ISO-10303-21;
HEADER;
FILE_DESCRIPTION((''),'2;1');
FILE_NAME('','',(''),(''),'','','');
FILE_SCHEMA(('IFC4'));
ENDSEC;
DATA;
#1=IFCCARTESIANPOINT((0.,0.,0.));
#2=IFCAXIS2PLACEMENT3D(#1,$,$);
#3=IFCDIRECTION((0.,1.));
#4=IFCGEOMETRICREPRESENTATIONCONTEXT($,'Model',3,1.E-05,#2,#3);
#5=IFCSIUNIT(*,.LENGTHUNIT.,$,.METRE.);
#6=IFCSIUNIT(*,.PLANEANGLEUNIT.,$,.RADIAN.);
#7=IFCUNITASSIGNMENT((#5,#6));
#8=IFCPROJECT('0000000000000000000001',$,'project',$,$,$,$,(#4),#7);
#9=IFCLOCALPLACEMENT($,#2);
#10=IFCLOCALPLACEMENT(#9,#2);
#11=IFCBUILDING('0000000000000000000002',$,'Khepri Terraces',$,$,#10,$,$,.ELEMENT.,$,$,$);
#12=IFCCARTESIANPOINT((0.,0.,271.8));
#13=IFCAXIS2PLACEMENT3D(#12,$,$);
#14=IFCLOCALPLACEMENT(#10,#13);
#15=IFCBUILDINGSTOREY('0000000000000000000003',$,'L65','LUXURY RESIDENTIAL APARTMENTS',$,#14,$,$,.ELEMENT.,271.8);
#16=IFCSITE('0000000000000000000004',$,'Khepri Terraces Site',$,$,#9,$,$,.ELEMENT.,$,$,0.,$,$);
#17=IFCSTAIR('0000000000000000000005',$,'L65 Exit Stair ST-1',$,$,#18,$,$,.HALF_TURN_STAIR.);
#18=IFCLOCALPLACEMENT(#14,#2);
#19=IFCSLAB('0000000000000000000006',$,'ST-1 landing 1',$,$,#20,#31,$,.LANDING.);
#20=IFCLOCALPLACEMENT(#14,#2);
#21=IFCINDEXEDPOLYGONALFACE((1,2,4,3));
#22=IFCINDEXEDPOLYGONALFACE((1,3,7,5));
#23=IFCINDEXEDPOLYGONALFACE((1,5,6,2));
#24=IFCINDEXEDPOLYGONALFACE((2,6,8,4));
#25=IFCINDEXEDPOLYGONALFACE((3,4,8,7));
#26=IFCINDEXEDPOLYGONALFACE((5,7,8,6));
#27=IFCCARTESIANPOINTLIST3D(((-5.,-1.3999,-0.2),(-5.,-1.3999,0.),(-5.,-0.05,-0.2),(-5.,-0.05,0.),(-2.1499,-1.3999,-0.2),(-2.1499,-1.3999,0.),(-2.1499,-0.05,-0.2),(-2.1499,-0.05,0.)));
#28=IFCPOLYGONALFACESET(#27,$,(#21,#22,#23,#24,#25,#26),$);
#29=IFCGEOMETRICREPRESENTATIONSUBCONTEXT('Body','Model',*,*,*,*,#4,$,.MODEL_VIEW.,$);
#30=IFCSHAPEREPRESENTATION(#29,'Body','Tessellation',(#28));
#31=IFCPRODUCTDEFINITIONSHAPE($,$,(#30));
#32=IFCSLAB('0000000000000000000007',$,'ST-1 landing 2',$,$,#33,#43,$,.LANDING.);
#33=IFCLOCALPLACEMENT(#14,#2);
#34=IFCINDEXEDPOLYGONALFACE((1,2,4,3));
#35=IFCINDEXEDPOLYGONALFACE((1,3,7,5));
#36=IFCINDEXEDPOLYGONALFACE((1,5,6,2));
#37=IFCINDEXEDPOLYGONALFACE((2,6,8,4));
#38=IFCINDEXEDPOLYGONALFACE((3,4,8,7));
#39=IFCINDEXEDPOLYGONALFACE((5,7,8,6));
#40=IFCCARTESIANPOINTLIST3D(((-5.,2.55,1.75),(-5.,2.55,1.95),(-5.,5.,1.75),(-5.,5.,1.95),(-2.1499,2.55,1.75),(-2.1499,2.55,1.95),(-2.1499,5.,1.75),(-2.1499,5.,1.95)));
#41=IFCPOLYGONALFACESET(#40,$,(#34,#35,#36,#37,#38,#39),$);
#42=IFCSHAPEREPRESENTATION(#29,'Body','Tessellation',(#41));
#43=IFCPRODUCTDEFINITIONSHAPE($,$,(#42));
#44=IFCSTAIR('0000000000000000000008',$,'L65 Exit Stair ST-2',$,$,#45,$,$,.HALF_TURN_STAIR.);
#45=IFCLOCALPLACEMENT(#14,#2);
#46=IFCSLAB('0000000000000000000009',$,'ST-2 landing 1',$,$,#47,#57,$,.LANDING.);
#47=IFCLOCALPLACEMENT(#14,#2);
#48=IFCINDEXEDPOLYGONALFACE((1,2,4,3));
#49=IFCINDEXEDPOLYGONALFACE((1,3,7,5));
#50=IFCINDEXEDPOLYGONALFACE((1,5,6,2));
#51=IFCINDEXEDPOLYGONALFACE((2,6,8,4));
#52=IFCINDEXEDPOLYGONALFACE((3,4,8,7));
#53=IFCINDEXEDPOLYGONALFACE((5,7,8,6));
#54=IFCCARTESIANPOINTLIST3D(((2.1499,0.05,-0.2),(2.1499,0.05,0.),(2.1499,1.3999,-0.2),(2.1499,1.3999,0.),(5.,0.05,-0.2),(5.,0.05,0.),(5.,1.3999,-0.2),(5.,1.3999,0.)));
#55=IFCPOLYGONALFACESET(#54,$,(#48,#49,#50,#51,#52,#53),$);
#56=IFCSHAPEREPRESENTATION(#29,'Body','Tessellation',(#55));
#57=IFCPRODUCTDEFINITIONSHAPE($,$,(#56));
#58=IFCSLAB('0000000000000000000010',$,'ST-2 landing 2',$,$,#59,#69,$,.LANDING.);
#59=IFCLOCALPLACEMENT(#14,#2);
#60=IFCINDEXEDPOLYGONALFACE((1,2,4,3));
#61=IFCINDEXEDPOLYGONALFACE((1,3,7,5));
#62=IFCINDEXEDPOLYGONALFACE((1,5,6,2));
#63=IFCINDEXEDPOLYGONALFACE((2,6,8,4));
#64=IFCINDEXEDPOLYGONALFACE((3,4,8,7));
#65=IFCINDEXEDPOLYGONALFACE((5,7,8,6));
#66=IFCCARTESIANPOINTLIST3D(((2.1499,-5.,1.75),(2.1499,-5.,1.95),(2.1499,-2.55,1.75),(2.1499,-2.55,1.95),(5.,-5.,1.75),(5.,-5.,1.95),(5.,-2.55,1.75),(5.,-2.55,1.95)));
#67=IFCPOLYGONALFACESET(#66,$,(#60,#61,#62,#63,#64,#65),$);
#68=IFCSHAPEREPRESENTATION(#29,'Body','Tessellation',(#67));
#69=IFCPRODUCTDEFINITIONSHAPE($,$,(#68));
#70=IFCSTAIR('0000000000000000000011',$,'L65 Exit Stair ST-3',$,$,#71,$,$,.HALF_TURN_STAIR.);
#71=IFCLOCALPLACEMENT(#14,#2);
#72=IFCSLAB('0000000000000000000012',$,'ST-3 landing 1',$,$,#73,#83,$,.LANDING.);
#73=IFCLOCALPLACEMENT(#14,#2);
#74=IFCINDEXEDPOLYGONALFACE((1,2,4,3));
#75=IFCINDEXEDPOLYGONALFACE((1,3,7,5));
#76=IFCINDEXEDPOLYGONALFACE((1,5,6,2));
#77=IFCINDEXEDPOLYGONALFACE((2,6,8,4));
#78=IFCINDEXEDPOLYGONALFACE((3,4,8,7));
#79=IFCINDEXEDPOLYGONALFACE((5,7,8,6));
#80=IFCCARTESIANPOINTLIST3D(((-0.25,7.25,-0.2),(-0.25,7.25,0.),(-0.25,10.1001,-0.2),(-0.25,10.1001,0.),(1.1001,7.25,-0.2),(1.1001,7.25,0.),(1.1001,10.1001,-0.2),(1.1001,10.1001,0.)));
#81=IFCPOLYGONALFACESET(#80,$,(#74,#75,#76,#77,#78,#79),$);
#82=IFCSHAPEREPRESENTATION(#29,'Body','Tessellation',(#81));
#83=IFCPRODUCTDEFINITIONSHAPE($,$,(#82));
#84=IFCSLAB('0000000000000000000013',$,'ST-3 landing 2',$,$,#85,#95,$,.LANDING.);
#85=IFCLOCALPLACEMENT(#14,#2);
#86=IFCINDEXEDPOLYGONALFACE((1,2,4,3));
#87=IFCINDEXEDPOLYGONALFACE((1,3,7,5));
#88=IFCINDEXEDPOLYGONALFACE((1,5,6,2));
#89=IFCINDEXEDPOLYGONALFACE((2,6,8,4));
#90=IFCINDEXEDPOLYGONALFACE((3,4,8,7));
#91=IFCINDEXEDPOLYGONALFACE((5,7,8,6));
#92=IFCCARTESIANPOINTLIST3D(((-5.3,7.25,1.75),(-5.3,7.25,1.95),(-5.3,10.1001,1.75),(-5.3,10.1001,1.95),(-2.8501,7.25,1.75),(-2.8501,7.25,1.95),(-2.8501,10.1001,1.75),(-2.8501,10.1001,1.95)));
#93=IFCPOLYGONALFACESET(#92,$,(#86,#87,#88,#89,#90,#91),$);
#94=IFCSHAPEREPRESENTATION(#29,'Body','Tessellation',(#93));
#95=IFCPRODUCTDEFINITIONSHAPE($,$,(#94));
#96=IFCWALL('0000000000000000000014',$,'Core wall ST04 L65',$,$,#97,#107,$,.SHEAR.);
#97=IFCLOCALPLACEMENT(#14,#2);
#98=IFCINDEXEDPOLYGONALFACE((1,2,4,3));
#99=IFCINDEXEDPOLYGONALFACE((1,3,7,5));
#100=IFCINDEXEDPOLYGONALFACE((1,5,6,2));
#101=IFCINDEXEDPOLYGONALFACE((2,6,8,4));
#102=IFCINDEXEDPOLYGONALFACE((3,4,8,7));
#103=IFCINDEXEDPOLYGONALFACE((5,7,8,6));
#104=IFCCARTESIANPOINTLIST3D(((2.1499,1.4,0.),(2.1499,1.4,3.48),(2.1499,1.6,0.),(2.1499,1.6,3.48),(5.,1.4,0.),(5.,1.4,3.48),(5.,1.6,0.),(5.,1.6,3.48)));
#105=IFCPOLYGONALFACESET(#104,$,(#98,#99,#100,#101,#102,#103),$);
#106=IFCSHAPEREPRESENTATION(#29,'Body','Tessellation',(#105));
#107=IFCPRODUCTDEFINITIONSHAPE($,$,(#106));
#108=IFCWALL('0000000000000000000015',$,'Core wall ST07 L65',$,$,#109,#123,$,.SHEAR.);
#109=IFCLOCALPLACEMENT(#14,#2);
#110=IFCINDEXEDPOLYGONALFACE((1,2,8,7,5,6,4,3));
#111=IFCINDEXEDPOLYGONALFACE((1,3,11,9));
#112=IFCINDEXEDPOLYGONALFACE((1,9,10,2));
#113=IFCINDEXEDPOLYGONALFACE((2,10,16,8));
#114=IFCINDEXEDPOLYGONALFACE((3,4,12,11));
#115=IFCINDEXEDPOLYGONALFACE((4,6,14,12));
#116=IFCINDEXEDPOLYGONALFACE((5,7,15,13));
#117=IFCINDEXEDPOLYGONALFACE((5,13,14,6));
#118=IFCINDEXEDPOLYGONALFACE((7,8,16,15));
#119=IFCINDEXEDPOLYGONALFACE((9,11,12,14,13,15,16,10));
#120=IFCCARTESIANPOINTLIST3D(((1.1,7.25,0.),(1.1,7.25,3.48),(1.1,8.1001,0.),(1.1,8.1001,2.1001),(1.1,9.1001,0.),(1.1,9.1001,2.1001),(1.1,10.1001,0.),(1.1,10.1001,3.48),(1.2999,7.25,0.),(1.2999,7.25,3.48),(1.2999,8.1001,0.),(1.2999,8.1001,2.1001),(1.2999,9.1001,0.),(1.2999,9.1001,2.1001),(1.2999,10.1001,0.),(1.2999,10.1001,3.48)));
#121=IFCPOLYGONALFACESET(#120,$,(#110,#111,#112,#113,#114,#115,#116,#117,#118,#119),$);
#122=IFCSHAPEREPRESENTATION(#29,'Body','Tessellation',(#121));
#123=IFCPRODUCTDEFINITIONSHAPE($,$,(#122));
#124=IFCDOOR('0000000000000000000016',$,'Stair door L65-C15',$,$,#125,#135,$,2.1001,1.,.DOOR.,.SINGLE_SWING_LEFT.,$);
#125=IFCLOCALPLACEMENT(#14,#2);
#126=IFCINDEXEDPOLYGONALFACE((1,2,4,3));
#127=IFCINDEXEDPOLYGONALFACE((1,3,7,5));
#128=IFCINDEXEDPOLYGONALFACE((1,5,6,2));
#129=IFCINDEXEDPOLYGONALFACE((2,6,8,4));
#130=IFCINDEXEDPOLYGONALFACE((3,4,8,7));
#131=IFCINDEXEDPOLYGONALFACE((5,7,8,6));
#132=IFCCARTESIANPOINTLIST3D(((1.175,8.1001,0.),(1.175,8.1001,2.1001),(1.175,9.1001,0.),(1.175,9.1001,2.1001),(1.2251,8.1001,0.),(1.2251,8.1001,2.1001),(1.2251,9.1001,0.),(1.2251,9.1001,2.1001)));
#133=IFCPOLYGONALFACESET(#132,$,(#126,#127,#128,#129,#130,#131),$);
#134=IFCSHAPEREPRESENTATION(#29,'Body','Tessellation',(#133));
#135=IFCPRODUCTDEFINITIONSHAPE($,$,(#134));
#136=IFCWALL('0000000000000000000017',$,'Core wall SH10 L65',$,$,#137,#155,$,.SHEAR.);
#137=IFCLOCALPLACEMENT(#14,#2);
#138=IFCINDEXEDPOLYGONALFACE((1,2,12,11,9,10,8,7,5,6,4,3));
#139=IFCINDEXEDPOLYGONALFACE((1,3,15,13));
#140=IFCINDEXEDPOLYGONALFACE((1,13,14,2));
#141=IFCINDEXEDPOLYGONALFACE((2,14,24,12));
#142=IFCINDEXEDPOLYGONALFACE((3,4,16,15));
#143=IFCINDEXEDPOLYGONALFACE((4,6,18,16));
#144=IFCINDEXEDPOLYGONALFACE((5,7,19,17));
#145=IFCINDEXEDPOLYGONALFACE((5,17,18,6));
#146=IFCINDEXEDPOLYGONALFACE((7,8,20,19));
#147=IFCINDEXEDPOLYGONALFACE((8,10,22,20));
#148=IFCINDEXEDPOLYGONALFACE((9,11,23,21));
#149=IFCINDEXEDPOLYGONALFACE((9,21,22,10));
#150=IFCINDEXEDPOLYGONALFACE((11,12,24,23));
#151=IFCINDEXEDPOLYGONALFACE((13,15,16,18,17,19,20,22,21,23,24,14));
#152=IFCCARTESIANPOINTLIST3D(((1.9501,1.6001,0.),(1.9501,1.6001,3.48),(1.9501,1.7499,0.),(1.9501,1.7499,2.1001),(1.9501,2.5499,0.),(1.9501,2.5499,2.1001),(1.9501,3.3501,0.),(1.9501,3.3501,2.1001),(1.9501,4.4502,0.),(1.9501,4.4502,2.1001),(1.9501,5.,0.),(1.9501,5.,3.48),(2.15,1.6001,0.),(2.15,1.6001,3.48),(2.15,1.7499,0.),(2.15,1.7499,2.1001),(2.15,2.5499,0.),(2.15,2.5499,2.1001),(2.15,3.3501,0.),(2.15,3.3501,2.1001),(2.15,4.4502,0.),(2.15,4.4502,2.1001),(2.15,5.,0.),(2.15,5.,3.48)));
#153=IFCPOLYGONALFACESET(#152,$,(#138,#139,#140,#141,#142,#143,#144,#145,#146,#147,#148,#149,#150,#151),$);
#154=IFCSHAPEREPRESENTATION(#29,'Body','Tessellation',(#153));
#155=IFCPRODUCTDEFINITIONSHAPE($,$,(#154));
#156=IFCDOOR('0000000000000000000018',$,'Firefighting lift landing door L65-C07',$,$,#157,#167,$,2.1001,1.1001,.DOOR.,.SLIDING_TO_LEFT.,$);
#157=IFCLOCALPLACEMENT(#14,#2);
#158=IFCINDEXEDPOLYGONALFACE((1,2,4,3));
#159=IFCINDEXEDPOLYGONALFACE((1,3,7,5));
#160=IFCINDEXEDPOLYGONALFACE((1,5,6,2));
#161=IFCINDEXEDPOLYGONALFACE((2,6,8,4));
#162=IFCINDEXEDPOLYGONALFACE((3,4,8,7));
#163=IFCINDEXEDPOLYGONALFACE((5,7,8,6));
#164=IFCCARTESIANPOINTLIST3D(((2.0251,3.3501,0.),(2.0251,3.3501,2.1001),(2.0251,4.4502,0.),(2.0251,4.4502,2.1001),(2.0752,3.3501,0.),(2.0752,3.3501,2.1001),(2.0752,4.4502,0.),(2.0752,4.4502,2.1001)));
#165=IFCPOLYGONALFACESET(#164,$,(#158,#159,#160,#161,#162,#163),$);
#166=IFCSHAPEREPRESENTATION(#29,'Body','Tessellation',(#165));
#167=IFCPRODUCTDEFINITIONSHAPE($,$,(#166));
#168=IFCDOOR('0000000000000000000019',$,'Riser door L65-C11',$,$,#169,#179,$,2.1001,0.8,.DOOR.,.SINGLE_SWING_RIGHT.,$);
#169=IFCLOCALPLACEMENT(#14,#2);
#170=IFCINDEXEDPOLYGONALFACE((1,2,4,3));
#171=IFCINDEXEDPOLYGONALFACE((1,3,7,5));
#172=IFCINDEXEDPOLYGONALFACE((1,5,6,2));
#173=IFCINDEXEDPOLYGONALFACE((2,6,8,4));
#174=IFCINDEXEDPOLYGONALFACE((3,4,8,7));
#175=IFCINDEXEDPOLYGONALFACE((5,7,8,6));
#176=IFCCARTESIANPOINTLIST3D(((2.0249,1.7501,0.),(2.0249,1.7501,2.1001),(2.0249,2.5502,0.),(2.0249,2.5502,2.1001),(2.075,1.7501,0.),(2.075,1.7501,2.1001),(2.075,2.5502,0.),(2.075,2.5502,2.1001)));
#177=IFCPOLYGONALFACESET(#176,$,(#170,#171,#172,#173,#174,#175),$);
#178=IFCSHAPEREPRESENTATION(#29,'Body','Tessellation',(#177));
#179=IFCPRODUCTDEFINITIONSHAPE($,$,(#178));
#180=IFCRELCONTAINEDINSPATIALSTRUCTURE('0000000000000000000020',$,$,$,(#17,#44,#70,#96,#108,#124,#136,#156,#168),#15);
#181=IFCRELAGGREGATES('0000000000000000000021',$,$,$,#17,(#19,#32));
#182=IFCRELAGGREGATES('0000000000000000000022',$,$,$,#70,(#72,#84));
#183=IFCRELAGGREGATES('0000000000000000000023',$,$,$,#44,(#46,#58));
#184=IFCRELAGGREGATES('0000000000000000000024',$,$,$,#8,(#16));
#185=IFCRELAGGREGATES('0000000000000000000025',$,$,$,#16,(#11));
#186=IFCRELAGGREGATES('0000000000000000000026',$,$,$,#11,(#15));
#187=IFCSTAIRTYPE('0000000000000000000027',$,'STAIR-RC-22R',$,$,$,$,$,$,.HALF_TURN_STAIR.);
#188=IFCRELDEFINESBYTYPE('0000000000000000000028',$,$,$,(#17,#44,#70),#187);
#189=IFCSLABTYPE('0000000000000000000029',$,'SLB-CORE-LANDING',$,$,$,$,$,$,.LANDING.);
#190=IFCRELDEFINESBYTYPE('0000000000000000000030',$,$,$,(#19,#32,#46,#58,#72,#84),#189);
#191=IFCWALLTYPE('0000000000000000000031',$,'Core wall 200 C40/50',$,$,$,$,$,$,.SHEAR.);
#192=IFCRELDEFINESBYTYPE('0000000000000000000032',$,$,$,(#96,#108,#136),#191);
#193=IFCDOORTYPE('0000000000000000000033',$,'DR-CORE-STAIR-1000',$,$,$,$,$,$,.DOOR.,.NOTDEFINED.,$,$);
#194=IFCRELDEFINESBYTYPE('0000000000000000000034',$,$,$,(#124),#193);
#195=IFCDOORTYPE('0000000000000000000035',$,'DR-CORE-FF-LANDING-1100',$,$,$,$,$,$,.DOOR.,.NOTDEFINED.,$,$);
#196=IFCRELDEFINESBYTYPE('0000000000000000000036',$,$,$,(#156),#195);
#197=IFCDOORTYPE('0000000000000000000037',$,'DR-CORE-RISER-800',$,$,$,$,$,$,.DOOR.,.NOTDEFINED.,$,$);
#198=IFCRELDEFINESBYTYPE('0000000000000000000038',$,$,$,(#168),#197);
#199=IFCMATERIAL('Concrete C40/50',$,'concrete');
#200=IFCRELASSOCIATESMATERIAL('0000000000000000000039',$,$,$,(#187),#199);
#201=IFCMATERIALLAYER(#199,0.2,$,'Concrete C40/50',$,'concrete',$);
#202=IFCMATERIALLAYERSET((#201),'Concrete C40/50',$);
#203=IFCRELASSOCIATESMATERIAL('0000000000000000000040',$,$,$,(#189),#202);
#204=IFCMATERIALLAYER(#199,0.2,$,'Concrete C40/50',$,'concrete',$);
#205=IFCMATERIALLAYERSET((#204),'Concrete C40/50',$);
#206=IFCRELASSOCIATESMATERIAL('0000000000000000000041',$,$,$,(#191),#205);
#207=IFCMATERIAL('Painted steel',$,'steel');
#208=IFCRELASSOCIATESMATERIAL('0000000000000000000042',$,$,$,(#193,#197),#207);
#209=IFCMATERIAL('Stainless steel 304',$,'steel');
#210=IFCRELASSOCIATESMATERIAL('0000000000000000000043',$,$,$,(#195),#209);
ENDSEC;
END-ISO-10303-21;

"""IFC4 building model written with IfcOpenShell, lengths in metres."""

from ifc_helpers import new_model, si_unit, direction, frame, frame_2d, origin, place, context, subcontext, project, spatial, polyline, rectangle, outline, extrude, material, layer, layer_set, type_object, element, fill, aggregate, save


model = new_model("IFC4")

# Units and contexts
model_context = context("Model", 3, precision=1e-05, world=origin(), true_north=direction((0.0, 1.0)))
body_context = subcontext(model_context, "Body", "Model", "MODEL_VIEW")
ifc_project = project(units=[si_unit("LENGTHUNIT", "METRE"), si_unit("PLANEANGLEUNIT", "RADIAN")], contexts=[model_context])

# Site, building, storey
site_placement = place(None, origin())
site = spatial("IfcSite", under=ifc_project, at=site_placement, Name="Khepri Terraces Site", CompositionType="ELEMENT", RefElevation=0.0)
building_placement = place(site_placement, origin())
building = spatial("IfcBuilding", under=site, at=building_placement, Name="Khepri Terraces", CompositionType="ELEMENT")
storey_placement = place(building_placement, frame((0.0, 0.0, 271.8)))
storey = spatial("IfcBuildingStorey", under=building, at=storey_placement, Name="L65", Description="LUXURY RESIDENTIAL APARTMENTS", CompositionType="ELEMENT", Elevation=271.8)

# Stairs, slabs
ifc_material_1 = material(Name="Concrete C40/50", Category="concrete")
stair_type = type_object("IfcStairType", Name="STAIR-RC-22R", PredefinedType="HALF_TURN_STAIR", material=ifc_material_1)
stair_1_placement = place(storey_placement, origin())
stair_1 = element("IfcStair", 1, at=stair_1_placement, inside=storey, type_object=stair_type, Name="L65 Exit Stair ST-1", PredefinedType="HALF_TURN_STAIR")
ifc_layer_1 = layer(ifc_material_1, 0.2, Name="Concrete C40/50", Category="concrete")
ifc_layer_set_1 = layer_set([ifc_layer_1], Name="Concrete C40/50")
slab_type = type_object("IfcSlabType", Name="SLB-CORE-LANDING", PredefinedType="LANDING", material=ifc_layer_set_1)
slab_1_placement = place(storey_placement, frame((0.0, 0.0, -0.2)))
slab_1 = element("IfcSlab", 2, at=slab_1_placement, type_object=slab_type, Name="ST-1 landing 1", PredefinedType="LANDING", context=body_context, shape_type="SweptSolid", body=[
    extrude(outline(polyline([(-2.1499, -1.3999), (-2.1499, -0.05), (-5.0, -0.05), (-5.0, -1.3999), (-2.1499, -1.3999)])), origin(), (0.0, 0.0, 1.0), 0.2),
])
slab_2_placement = place(storey_placement, frame((0.0, 0.0, 1.75)))
slab_2 = element("IfcSlab", 3, at=slab_2_placement, type_object=slab_type, Name="ST-1 landing 2", PredefinedType="LANDING", context=body_context, shape_type="SweptSolid", body=[
    extrude(outline(polyline([(-2.1499, 2.55), (-2.1499, 5.0), (-5.0, 5.0), (-5.0, 2.55), (-2.1499, 2.55)])), origin(), (0.0, 0.0, 1.0), 0.2),
])
aggregate(stair_1, [slab_1, slab_2])
stair_2_placement = place(storey_placement, origin())
stair_2 = element("IfcStair", 4, at=stair_2_placement, inside=storey, type_object=stair_type, Name="L65 Exit Stair ST-2", PredefinedType="HALF_TURN_STAIR")
slab_3_placement = place(storey_placement, frame((0.0, 0.0, -0.2)))
slab_3 = element("IfcSlab", 5, at=slab_3_placement, type_object=slab_type, Name="ST-2 landing 1", PredefinedType="LANDING", context=body_context, shape_type="SweptSolid", body=[
    extrude(outline(polyline([(2.1499, 1.3999), (2.1499, 0.05), (5.0, 0.05), (5.0, 1.3999), (2.1499, 1.3999)])), origin(), (0.0, 0.0, 1.0), 0.2),
])
slab_4_placement = place(storey_placement, frame((0.0, 0.0, 1.75)))
slab_4 = element("IfcSlab", 6, at=slab_4_placement, type_object=slab_type, Name="ST-2 landing 2", PredefinedType="LANDING", context=body_context, shape_type="SweptSolid", body=[
    extrude(outline(polyline([(2.1499, -2.55), (2.1499, -5.0), (5.0, -5.0), (5.0, -2.55), (2.1499, -2.55)])), origin(), (0.0, 0.0, 1.0), 0.2),
])
stair_3_placement = place(storey_placement, origin())
stair_3 = element("IfcStair", 7, at=stair_3_placement, inside=storey, type_object=stair_type, Name="L65 Exit Stair ST-3", PredefinedType="HALF_TURN_STAIR")
slab_5_placement = place(storey_placement, frame((0.0, 0.0, -0.2)))
slab_5 = element("IfcSlab", 8, at=slab_5_placement, type_object=slab_type, Name="ST-3 landing 1", PredefinedType="LANDING", context=body_context, shape_type="SweptSolid", body=[
    extrude(outline(polyline([(1.1001, 10.1001), (-0.25, 10.1001), (-0.25, 7.25), (1.1001, 7.25), (1.1001, 10.1001)])), origin(), (0.0, 0.0, 1.0), 0.2),
])
slab_6_placement = place(storey_placement, frame((0.0, 0.0, 1.75)))
slab_6 = element("IfcSlab", 9, at=slab_6_placement, type_object=slab_type, Name="ST-3 landing 2", PredefinedType="LANDING", context=body_context, shape_type="SweptSolid", body=[
    extrude(outline(polyline([(-2.8501, 10.1001), (-5.3, 10.1001), (-5.3, 7.25), (-2.8501, 7.25), (-2.8501, 10.1001)])), origin(), (0.0, 0.0, 1.0), 0.2),
])
aggregate(stair_3, [slab_5, slab_6])

# Wall
ifc_layer_2 = layer(ifc_material_1, 0.2, Name="Concrete C40/50", Category="concrete")
ifc_layer_set_2 = layer_set([ifc_layer_2], Name="Concrete C40/50")
wall_type = type_object("IfcWallType", Name="Core wall 200 C40/50", PredefinedType="SHEAR", material=ifc_layer_set_2)
wall_1_placement = place(storey_placement, frame((2.1499, 1.5, 0.0), z_axis=(0.0, 0.0, 1.0), x_axis=(1.0, 0.0, 0.0)))
element("IfcWall", 10, at=wall_1_placement, inside=storey, type_object=wall_type, Name="Core wall ST04 L65", PredefinedType="SHEAR", context=body_context, shape_type="SweptSolid", body=[
    extrude(rectangle(XDim=2.8501, YDim=0.2, at=frame_2d((1.425, 0.0))), origin(), (0.0, 0.0, 1.0), 3.48),
])

# Wall, opening, door
wall_2_placement = place(storey_placement, frame((1.2, 7.25, 0.0), z_axis=(0.0, 0.0, 1.0), x_axis=(0.0, 1.0, 0.0)))
wall_2 = element("IfcWall", 11, at=wall_2_placement, inside=storey, type_object=wall_type, Name="Core wall ST07 L65", PredefinedType="SHEAR", context=body_context, shape_type="SweptSolid", body=[
    extrude(rectangle(XDim=2.8501, YDim=0.2, at=frame_2d((1.425, 0.0))), origin(), (0.0, 0.0, 1.0), 3.48),
])
opening_1_placement = place(wall_2_placement, frame((0.8501, 0.0, 0.0)))
opening_1 = element("IfcOpeningElement", 12, at=opening_1_placement, cuts=wall_2, PredefinedType="OPENING", context=body_context, shape_type="SweptSolid", body=[
    extrude(rectangle(XDim=1.0, YDim=2.1001, at=frame_2d((0.5, 1.05))), frame((0.0, 0.1099, 0.0), z_axis=(0.0, -1.0, 0.0), x_axis=(1.0, 0.0, 0.0)), (0.0, 0.0, 1.0), 0.22),
])
ifc_material_2 = material(Name="Painted steel", Category="steel")
door_type_1 = type_object("IfcDoorType", Name="DR-CORE-STAIR-1000", OperationType="NOTDEFINED", PredefinedType="DOOR", material=ifc_material_2)
door_1_placement = place(opening_1_placement, origin())
door_1 = element("IfcDoor", 13, at=door_1_placement, inside=storey, type_object=door_type_1, Name="Stair door L65-C15", OperationType="SINGLE_SWING_LEFT", OverallHeight=2.1001, OverallWidth=1.0, PredefinedType="DOOR", context=body_context, shape_type="SweptSolid", body=[
    extrude(rectangle(XDim=1.0, YDim=2.1001, at=frame_2d((0.5, 1.05))), frame((0.0, 0.0249, 0.0), z_axis=(0.0, -1.0, 0.0), x_axis=(1.0, 0.0, 0.0)), (0.0, 0.0, 1.0), 0.05),
])
fill(opening_1, door_1)

# Wall, openings, doors
wall_3_placement = place(storey_placement, frame((2.05, 1.6001, 0.0), z_axis=(0.0, 0.0, 1.0), x_axis=(0.0, 1.0, 0.0)))
wall_3 = element("IfcWall", 14, at=wall_3_placement, inside=storey, type_object=wall_type, Name="Core wall SH10 L65", PredefinedType="SHEAR", context=body_context, shape_type="SweptSolid", body=[
    extrude(rectangle(XDim=3.3999, YDim=0.2, at=frame_2d((1.7, 0.0))), origin(), (0.0, 0.0, 1.0), 3.48),
])
opening_2_placement = place(wall_3_placement, frame((1.75, 0.0, 0.0)))
opening_2 = element("IfcOpeningElement", 15, at=opening_2_placement, cuts=wall_3, PredefinedType="OPENING", context=body_context, shape_type="SweptSolid", body=[
    extrude(rectangle(XDim=1.1001, YDim=2.1001, at=frame_2d((0.55, 1.05))), frame((0.0, 0.1099, 0.0), z_axis=(0.0, -1.0, 0.0), x_axis=(1.0, 0.0, 0.0)), (0.0, 0.0, 1.0), 0.22),
])
opening_3_placement = place(wall_3_placement, frame((0.1499, 0.0, 0.0)))
opening_3 = element("IfcOpeningElement", 16, at=opening_3_placement, cuts=wall_3, PredefinedType="OPENING", context=body_context, shape_type="SweptSolid", body=[
    extrude(rectangle(XDim=0.8, YDim=2.1001, at=frame_2d((0.3999, 1.05))), frame((0.0, 0.1099, 0.0), z_axis=(0.0, -1.0, 0.0), x_axis=(1.0, 0.0, 0.0)), (0.0, 0.0, 1.0), 0.22),
])
ifc_material_3 = material(Name="Stainless steel 304", Category="steel")
door_type_2 = type_object("IfcDoorType", Name="DR-CORE-FF-LANDING-1100", OperationType="NOTDEFINED", PredefinedType="DOOR", material=ifc_material_3)
door_2_placement = place(opening_2_placement, origin())
door_2 = element("IfcDoor", 17, at=door_2_placement, inside=storey, type_object=door_type_2, Name="Firefighting lift landing door L65-C07", OperationType="SLIDING_TO_LEFT", OverallHeight=2.1001, OverallWidth=1.1001, PredefinedType="DOOR", context=body_context, shape_type="SweptSolid", body=[
    extrude(rectangle(XDim=1.1001, YDim=2.1001, at=frame_2d((0.55, 1.05))), frame((0.0, 0.0249, 0.0), z_axis=(0.0, -1.0, 0.0), x_axis=(1.0, 0.0, 0.0)), (0.0, 0.0, 1.0), 0.05),
])
fill(opening_2, door_2)
door_type_3 = type_object("IfcDoorType", Name="DR-CORE-RISER-800", OperationType="NOTDEFINED", PredefinedType="DOOR", material=ifc_material_2)
door_3_placement = place(opening_3_placement, frame((0.8, 0.0, 0.0), z_axis=(0.0, 0.0, 1.0), x_axis=(-1.0, 0.0, 0.0)))
door_3 = element("IfcDoor", 18, at=door_3_placement, inside=storey, type_object=door_type_3, Name="Riser door L65-C11", OperationType="SINGLE_SWING_RIGHT", OverallHeight=2.1001, OverallWidth=0.8, PredefinedType="DOOR", context=body_context, shape_type="SweptSolid", body=[
    extrude(rectangle(XDim=0.8, YDim=2.1001, at=frame_2d((0.3999, 1.05))), frame((0.0, 0.0249, 0.0), z_axis=(0.0, -1.0, 0.0), x_axis=(1.0, 0.0, 0.0)), (0.0, 0.0, 1.0), 0.05),
])
fill(opening_3, door_3)

aggregate(stair_2, [slab_3, slab_4])

save(model, "model.ifc")
